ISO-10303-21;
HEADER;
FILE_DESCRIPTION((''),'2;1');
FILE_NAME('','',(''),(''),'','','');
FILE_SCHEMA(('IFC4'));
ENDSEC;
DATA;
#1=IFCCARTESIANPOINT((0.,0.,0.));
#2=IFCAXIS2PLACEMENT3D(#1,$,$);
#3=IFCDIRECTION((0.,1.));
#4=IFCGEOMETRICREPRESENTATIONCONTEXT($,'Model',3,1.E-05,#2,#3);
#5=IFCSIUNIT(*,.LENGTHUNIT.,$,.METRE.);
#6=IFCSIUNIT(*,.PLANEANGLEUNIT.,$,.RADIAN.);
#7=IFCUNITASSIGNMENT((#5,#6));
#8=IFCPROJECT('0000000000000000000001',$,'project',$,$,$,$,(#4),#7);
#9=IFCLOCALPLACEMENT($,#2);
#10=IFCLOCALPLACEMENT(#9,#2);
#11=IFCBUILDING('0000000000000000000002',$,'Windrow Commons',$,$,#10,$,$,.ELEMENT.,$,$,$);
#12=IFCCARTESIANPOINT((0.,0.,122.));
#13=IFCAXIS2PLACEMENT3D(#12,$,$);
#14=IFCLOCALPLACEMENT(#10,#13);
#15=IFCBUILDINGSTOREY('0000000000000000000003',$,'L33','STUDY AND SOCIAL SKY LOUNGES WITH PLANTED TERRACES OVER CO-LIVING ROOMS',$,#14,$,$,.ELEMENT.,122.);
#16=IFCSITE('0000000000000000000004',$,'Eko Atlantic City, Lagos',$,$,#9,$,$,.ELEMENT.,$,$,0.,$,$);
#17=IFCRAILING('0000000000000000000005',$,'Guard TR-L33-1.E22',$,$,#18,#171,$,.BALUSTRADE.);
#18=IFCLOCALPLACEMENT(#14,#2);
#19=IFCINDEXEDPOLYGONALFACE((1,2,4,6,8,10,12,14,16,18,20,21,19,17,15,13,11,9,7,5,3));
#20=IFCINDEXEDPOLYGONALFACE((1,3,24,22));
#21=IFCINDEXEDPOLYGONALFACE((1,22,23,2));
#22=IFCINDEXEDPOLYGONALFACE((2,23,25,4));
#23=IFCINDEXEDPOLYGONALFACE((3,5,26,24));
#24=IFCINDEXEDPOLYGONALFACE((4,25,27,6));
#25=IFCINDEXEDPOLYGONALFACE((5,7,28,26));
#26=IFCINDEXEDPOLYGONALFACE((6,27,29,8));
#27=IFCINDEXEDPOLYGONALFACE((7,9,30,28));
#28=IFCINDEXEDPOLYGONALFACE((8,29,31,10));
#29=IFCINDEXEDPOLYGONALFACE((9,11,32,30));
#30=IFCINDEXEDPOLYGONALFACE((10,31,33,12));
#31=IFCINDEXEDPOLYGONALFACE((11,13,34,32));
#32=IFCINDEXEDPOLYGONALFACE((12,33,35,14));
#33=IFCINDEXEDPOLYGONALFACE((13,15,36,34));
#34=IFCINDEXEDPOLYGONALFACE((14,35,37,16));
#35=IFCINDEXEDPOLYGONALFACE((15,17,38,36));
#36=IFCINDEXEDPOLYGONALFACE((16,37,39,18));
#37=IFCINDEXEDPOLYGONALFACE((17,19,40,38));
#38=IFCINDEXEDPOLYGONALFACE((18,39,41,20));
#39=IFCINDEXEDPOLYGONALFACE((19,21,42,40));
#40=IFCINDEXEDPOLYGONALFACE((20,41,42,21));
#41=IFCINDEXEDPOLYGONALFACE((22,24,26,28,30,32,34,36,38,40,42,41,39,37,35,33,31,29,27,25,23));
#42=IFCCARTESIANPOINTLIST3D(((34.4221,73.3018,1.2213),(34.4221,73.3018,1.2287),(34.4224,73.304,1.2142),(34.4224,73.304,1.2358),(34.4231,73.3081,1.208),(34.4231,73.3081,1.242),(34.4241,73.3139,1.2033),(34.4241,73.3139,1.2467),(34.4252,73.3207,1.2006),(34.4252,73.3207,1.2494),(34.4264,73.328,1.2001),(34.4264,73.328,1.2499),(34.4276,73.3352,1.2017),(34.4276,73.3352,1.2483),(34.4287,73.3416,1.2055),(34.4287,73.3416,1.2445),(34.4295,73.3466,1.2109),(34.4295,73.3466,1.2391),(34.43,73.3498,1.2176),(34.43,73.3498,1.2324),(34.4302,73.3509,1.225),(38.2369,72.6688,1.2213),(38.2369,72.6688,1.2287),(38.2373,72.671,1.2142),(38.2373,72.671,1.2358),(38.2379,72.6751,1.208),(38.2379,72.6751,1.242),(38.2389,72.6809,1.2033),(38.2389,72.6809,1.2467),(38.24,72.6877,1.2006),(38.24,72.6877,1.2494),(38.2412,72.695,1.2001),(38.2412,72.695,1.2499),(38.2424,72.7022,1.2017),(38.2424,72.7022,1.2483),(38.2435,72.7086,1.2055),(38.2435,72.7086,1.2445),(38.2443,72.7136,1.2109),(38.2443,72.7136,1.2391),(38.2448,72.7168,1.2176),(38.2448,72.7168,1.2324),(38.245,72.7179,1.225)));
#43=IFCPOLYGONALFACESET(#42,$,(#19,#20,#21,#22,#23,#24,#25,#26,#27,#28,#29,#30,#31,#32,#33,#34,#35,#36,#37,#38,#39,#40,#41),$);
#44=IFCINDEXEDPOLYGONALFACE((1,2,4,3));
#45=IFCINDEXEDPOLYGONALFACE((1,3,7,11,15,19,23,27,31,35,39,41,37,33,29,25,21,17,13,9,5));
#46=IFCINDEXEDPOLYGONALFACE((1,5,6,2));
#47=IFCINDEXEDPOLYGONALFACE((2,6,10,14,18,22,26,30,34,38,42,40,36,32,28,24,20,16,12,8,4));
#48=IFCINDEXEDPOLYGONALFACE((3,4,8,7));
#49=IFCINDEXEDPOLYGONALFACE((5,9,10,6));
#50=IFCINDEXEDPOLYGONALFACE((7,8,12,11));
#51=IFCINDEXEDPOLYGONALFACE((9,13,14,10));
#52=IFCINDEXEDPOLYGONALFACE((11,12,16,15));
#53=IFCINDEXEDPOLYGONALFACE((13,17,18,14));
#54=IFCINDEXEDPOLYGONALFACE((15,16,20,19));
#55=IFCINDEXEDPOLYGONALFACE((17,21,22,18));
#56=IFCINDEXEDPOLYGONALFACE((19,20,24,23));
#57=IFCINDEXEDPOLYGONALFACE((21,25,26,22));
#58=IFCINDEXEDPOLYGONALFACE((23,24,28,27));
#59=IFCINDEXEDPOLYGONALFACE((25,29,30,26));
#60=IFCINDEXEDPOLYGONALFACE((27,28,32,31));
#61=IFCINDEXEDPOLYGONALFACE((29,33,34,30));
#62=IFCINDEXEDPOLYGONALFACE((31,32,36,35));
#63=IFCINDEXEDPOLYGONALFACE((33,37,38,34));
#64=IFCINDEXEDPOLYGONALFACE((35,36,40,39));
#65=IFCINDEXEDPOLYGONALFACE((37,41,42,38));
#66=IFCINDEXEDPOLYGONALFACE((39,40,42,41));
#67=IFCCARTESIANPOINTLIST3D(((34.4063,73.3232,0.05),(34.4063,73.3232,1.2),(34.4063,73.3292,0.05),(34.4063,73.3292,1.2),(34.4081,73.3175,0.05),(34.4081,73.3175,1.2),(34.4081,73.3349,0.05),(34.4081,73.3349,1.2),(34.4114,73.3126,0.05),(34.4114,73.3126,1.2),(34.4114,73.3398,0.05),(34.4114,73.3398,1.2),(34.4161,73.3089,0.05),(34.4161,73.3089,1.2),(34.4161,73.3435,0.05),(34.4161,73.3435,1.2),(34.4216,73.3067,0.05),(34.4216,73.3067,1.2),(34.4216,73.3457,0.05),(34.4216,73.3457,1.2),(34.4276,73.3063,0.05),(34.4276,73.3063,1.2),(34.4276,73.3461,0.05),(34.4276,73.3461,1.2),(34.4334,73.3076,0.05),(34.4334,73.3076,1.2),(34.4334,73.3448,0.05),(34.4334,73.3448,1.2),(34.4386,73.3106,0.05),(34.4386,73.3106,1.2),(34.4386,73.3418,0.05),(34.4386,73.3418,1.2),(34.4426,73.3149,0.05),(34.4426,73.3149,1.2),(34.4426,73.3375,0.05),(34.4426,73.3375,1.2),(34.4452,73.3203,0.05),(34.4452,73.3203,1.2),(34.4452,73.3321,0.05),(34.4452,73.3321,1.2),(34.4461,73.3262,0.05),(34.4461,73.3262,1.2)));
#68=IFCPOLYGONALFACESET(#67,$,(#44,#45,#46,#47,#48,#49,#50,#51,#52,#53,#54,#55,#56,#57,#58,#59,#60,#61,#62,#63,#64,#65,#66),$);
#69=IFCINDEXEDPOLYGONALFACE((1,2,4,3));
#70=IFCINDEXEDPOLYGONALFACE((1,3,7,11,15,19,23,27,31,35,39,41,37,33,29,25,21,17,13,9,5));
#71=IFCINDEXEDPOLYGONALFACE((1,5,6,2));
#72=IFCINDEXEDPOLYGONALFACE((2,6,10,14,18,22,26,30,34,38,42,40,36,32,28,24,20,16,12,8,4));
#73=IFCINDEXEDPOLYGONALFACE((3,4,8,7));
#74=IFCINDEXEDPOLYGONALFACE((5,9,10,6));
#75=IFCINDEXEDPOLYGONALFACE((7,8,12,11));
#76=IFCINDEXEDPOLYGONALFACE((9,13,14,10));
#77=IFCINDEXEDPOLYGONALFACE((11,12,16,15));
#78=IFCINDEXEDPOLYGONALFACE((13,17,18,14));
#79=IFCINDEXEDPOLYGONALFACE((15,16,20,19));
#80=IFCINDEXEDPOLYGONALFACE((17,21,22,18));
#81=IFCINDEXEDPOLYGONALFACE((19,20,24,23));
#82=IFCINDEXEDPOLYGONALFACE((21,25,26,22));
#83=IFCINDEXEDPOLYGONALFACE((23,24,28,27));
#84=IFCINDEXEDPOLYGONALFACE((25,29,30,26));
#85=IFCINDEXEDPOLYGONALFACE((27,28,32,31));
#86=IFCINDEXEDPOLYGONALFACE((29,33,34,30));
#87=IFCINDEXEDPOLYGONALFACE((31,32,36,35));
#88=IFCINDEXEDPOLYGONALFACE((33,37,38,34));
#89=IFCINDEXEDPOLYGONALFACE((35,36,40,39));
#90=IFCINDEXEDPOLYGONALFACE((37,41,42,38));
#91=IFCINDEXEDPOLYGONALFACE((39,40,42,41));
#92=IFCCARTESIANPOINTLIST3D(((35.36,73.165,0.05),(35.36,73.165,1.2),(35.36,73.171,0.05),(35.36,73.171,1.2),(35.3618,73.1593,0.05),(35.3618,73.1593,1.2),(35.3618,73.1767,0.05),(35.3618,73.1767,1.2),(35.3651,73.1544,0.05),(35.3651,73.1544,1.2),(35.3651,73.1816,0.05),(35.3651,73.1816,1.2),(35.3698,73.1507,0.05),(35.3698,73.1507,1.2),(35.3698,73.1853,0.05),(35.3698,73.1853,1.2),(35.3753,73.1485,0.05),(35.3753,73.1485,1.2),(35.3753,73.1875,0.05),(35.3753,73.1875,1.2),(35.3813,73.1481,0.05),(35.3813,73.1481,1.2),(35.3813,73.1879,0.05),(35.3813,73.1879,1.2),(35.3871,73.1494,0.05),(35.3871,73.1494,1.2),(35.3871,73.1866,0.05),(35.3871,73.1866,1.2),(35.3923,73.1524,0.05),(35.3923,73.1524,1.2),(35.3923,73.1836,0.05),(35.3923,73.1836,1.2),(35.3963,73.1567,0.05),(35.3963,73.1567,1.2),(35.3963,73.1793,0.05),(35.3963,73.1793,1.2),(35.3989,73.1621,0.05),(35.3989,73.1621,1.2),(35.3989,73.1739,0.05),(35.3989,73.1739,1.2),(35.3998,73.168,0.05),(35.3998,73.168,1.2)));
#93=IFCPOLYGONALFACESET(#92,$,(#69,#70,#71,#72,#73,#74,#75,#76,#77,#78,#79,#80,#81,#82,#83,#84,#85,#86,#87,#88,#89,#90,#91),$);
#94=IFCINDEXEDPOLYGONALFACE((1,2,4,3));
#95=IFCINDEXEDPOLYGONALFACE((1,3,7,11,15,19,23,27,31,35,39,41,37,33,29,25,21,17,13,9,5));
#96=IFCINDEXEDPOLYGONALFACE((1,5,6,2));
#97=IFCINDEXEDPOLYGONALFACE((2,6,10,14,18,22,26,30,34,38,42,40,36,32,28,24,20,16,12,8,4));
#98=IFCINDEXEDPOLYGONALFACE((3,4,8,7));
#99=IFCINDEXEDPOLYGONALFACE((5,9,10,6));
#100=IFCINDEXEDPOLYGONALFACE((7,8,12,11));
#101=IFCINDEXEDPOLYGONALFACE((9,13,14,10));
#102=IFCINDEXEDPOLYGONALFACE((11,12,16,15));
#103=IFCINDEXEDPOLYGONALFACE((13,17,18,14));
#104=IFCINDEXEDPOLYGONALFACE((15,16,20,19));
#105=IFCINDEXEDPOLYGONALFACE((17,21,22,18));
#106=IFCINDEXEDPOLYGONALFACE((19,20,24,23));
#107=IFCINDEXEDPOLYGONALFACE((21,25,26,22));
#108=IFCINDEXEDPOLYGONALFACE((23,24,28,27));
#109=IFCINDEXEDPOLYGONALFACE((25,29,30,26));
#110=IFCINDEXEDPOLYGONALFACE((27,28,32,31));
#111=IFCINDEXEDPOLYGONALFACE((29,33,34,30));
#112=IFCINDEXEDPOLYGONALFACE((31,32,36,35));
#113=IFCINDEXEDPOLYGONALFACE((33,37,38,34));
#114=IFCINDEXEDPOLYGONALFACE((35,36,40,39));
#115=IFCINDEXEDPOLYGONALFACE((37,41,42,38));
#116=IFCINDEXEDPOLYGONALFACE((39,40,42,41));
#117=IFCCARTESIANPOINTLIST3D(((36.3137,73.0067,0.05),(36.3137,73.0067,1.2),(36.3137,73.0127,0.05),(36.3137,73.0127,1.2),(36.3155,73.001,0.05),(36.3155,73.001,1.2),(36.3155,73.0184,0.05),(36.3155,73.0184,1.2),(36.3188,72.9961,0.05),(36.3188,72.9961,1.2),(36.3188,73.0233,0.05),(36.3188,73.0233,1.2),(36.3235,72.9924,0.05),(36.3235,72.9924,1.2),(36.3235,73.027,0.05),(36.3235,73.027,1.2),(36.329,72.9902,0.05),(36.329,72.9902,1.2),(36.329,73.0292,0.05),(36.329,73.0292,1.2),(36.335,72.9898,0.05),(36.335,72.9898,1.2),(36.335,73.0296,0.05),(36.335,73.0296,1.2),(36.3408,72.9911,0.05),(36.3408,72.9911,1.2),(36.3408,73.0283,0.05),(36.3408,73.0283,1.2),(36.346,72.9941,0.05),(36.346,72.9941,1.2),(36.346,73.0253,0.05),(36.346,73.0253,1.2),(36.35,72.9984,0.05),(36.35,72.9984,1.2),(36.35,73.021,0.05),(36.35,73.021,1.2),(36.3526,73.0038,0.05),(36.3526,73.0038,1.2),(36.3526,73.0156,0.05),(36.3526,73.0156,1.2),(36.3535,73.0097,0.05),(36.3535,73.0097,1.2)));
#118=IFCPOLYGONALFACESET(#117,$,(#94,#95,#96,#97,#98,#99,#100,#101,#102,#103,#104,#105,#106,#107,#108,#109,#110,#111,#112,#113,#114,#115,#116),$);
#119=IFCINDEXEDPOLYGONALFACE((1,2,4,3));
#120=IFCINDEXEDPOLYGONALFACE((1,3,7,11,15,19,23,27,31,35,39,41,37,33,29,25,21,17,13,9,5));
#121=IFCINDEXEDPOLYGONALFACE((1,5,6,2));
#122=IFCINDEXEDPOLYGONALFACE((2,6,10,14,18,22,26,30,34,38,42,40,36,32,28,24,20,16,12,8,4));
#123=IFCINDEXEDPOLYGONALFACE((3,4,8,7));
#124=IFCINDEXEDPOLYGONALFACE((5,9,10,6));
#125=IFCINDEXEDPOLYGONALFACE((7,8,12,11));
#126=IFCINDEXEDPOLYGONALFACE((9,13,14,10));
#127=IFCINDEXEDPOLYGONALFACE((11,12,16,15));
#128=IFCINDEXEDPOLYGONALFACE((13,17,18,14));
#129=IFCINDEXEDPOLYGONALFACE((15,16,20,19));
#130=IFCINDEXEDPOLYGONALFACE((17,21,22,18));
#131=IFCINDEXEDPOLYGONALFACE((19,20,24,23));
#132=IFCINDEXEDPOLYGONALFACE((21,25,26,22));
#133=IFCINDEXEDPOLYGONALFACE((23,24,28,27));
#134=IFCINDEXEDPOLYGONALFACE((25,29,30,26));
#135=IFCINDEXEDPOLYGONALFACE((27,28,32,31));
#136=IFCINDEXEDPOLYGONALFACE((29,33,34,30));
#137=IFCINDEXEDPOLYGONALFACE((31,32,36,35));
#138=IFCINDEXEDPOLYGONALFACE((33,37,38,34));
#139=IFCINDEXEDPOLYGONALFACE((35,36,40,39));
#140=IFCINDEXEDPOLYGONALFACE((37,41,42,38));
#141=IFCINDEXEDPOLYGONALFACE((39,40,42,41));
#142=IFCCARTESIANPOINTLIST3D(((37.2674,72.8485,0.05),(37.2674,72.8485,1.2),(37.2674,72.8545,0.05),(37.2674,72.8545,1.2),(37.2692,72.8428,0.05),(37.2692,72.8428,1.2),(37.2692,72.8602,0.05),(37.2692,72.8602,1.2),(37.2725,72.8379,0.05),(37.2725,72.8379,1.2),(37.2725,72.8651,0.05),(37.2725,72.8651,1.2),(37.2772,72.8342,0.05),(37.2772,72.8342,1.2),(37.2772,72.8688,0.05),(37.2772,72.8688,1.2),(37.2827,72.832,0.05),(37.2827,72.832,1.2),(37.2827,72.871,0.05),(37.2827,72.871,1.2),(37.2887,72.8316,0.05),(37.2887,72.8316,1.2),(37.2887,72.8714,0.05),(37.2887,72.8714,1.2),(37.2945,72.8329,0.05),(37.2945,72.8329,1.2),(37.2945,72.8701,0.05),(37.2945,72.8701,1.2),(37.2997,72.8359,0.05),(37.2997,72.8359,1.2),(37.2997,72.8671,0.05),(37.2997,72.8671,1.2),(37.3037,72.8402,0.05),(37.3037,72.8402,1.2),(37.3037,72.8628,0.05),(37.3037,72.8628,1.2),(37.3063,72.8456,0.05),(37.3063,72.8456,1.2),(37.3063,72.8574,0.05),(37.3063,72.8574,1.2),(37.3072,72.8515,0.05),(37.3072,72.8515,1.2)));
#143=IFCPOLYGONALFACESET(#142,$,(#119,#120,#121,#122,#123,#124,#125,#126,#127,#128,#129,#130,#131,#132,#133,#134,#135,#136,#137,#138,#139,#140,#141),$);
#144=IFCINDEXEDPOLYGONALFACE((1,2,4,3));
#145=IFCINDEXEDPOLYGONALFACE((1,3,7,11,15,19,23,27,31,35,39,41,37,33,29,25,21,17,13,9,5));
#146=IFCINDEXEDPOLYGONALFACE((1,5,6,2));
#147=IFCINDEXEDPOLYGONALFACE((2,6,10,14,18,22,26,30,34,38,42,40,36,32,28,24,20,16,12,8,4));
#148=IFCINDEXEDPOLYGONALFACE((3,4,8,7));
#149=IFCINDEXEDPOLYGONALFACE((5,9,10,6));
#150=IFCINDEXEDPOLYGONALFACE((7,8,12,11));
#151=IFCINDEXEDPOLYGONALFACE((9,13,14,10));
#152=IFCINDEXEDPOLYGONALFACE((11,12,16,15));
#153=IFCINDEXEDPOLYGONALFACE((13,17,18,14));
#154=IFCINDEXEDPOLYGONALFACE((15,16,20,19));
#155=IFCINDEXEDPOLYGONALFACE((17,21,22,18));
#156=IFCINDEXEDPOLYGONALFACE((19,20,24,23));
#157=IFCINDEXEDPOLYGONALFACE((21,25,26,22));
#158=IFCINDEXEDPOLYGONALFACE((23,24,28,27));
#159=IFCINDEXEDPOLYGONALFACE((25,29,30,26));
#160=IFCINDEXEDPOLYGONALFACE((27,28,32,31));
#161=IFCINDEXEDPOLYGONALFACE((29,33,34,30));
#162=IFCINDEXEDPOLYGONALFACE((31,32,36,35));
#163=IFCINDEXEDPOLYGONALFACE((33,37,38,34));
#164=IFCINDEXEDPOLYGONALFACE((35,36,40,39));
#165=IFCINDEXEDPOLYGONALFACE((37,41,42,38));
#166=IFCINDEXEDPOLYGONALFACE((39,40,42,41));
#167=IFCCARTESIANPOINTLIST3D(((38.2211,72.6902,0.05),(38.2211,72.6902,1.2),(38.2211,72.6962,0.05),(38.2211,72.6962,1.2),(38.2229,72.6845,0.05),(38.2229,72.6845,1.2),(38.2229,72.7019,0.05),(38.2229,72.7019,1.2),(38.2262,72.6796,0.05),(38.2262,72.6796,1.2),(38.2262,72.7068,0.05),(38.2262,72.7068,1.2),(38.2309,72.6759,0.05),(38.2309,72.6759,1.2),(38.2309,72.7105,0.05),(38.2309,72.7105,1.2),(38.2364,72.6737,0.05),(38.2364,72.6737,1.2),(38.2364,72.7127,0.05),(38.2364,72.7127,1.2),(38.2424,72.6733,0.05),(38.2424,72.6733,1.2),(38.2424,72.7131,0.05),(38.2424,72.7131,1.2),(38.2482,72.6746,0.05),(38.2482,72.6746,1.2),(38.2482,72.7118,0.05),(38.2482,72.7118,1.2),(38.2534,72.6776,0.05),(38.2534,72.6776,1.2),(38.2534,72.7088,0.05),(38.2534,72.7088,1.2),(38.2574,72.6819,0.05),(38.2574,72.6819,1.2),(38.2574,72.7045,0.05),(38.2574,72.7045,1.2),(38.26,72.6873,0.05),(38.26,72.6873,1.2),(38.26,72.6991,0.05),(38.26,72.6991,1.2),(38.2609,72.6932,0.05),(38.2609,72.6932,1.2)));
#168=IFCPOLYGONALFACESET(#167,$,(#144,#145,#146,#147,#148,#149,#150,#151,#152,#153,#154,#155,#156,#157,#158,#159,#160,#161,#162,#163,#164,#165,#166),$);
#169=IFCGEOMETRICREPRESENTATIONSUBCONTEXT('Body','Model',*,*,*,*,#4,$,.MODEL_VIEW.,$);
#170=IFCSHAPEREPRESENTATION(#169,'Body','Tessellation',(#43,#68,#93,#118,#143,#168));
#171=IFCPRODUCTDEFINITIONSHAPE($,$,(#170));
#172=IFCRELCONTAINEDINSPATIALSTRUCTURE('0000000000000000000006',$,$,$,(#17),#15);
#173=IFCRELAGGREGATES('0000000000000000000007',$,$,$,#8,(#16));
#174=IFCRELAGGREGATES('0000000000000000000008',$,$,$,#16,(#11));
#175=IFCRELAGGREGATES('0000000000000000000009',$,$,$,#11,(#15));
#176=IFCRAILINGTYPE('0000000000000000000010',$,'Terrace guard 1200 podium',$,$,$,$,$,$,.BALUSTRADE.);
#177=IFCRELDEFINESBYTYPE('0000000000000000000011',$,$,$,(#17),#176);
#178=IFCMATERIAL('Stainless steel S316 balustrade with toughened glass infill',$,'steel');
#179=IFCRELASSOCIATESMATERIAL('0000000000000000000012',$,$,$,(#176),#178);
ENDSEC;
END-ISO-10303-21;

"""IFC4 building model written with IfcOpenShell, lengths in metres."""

from ifc_helpers import new_model, si_unit, direction, frame, origin, origin_2d, place, context, subcontext, project, spatial, circle, extrude, material, type_object, element, save


model = new_model("IFC4")

# Units and contexts
model_context = context("Model", 3, precision=1e-05, world=origin(), true_north=direction((0.0, 1.0)))
body_context = subcontext(model_context, "Body", "Model", "MODEL_VIEW")
ifc_project = project(units=[si_unit("LENGTHUNIT", "METRE"), si_unit("PLANEANGLEUNIT", "RADIAN")], contexts=[model_context])

# Site, building, storey
site_placement = place(None, origin())
site = spatial("IfcSite", under=ifc_project, at=site_placement, Name="Eko Atlantic City, Lagos", CompositionType="ELEMENT", RefElevation=0.0)
building_placement = place(site_placement, origin())
building = spatial("IfcBuilding", under=site, at=building_placement, Name="Windrow Commons", CompositionType="ELEMENT")
storey_placement = place(building_placement, frame((0.0, 0.0, 122.0)))
storey = spatial("IfcBuildingStorey", under=building, at=storey_placement, Name="L33", Description="STUDY AND SOCIAL SKY LOUNGES WITH PLANTED TERRACES OVER CO-LIVING ROOMS", CompositionType="ELEMENT", Elevation=122.0)

# Railing
ifc_material_1 = material(Name="Stainless steel S316 balustrade with toughened glass infill", Category="steel")
railing_type = type_object("IfcRailingType", Name="Terrace guard 1200 podium", PredefinedType="BALUSTRADE", material=ifc_material_1)
railing_1_placement = place(storey_placement, frame((34.4261, 73.3262, 0.05)))
element("IfcRailing", 1, at=railing_1_placement, inside=storey, type_object=railing_type, Name="Guard TR-L33-1.E22", PredefinedType="BALUSTRADE", context=body_context, shape_type="SweptSolid", body=[
    extrude(circle(Radius=0.025, at=origin_2d()), frame((0.0, 0.0, 1.175), z_axis=(0.986511, -0.163694, 0.0), x_axis=(0.163694, 0.986511, 0.0)), (0.0, 0.0, 1.0), 3.867),
    extrude(circle(Radius=0.02, at=origin_2d()), origin(), (0.0, 0.0, 1.0), 1.15),
    extrude(circle(Radius=0.02, at=origin_2d()), frame((0.9537, -0.1582, 0.0)), (0.0, 0.0, 1.0), 1.15),
    extrude(circle(Radius=0.02, at=origin_2d()), frame((1.9074, -0.3165, 0.0)), (0.0, 0.0, 1.0), 1.15),
    extrude(circle(Radius=0.02, at=origin_2d()), frame((2.8611, -0.4747, 0.0)), (0.0, 0.0, 1.0), 1.15),
    extrude(circle(Radius=0.02, at=origin_2d()), frame((3.8148, -0.633, 0.0)), (0.0, 0.0, 1.0), 1.15),
])

save(model, "model.ifc")
